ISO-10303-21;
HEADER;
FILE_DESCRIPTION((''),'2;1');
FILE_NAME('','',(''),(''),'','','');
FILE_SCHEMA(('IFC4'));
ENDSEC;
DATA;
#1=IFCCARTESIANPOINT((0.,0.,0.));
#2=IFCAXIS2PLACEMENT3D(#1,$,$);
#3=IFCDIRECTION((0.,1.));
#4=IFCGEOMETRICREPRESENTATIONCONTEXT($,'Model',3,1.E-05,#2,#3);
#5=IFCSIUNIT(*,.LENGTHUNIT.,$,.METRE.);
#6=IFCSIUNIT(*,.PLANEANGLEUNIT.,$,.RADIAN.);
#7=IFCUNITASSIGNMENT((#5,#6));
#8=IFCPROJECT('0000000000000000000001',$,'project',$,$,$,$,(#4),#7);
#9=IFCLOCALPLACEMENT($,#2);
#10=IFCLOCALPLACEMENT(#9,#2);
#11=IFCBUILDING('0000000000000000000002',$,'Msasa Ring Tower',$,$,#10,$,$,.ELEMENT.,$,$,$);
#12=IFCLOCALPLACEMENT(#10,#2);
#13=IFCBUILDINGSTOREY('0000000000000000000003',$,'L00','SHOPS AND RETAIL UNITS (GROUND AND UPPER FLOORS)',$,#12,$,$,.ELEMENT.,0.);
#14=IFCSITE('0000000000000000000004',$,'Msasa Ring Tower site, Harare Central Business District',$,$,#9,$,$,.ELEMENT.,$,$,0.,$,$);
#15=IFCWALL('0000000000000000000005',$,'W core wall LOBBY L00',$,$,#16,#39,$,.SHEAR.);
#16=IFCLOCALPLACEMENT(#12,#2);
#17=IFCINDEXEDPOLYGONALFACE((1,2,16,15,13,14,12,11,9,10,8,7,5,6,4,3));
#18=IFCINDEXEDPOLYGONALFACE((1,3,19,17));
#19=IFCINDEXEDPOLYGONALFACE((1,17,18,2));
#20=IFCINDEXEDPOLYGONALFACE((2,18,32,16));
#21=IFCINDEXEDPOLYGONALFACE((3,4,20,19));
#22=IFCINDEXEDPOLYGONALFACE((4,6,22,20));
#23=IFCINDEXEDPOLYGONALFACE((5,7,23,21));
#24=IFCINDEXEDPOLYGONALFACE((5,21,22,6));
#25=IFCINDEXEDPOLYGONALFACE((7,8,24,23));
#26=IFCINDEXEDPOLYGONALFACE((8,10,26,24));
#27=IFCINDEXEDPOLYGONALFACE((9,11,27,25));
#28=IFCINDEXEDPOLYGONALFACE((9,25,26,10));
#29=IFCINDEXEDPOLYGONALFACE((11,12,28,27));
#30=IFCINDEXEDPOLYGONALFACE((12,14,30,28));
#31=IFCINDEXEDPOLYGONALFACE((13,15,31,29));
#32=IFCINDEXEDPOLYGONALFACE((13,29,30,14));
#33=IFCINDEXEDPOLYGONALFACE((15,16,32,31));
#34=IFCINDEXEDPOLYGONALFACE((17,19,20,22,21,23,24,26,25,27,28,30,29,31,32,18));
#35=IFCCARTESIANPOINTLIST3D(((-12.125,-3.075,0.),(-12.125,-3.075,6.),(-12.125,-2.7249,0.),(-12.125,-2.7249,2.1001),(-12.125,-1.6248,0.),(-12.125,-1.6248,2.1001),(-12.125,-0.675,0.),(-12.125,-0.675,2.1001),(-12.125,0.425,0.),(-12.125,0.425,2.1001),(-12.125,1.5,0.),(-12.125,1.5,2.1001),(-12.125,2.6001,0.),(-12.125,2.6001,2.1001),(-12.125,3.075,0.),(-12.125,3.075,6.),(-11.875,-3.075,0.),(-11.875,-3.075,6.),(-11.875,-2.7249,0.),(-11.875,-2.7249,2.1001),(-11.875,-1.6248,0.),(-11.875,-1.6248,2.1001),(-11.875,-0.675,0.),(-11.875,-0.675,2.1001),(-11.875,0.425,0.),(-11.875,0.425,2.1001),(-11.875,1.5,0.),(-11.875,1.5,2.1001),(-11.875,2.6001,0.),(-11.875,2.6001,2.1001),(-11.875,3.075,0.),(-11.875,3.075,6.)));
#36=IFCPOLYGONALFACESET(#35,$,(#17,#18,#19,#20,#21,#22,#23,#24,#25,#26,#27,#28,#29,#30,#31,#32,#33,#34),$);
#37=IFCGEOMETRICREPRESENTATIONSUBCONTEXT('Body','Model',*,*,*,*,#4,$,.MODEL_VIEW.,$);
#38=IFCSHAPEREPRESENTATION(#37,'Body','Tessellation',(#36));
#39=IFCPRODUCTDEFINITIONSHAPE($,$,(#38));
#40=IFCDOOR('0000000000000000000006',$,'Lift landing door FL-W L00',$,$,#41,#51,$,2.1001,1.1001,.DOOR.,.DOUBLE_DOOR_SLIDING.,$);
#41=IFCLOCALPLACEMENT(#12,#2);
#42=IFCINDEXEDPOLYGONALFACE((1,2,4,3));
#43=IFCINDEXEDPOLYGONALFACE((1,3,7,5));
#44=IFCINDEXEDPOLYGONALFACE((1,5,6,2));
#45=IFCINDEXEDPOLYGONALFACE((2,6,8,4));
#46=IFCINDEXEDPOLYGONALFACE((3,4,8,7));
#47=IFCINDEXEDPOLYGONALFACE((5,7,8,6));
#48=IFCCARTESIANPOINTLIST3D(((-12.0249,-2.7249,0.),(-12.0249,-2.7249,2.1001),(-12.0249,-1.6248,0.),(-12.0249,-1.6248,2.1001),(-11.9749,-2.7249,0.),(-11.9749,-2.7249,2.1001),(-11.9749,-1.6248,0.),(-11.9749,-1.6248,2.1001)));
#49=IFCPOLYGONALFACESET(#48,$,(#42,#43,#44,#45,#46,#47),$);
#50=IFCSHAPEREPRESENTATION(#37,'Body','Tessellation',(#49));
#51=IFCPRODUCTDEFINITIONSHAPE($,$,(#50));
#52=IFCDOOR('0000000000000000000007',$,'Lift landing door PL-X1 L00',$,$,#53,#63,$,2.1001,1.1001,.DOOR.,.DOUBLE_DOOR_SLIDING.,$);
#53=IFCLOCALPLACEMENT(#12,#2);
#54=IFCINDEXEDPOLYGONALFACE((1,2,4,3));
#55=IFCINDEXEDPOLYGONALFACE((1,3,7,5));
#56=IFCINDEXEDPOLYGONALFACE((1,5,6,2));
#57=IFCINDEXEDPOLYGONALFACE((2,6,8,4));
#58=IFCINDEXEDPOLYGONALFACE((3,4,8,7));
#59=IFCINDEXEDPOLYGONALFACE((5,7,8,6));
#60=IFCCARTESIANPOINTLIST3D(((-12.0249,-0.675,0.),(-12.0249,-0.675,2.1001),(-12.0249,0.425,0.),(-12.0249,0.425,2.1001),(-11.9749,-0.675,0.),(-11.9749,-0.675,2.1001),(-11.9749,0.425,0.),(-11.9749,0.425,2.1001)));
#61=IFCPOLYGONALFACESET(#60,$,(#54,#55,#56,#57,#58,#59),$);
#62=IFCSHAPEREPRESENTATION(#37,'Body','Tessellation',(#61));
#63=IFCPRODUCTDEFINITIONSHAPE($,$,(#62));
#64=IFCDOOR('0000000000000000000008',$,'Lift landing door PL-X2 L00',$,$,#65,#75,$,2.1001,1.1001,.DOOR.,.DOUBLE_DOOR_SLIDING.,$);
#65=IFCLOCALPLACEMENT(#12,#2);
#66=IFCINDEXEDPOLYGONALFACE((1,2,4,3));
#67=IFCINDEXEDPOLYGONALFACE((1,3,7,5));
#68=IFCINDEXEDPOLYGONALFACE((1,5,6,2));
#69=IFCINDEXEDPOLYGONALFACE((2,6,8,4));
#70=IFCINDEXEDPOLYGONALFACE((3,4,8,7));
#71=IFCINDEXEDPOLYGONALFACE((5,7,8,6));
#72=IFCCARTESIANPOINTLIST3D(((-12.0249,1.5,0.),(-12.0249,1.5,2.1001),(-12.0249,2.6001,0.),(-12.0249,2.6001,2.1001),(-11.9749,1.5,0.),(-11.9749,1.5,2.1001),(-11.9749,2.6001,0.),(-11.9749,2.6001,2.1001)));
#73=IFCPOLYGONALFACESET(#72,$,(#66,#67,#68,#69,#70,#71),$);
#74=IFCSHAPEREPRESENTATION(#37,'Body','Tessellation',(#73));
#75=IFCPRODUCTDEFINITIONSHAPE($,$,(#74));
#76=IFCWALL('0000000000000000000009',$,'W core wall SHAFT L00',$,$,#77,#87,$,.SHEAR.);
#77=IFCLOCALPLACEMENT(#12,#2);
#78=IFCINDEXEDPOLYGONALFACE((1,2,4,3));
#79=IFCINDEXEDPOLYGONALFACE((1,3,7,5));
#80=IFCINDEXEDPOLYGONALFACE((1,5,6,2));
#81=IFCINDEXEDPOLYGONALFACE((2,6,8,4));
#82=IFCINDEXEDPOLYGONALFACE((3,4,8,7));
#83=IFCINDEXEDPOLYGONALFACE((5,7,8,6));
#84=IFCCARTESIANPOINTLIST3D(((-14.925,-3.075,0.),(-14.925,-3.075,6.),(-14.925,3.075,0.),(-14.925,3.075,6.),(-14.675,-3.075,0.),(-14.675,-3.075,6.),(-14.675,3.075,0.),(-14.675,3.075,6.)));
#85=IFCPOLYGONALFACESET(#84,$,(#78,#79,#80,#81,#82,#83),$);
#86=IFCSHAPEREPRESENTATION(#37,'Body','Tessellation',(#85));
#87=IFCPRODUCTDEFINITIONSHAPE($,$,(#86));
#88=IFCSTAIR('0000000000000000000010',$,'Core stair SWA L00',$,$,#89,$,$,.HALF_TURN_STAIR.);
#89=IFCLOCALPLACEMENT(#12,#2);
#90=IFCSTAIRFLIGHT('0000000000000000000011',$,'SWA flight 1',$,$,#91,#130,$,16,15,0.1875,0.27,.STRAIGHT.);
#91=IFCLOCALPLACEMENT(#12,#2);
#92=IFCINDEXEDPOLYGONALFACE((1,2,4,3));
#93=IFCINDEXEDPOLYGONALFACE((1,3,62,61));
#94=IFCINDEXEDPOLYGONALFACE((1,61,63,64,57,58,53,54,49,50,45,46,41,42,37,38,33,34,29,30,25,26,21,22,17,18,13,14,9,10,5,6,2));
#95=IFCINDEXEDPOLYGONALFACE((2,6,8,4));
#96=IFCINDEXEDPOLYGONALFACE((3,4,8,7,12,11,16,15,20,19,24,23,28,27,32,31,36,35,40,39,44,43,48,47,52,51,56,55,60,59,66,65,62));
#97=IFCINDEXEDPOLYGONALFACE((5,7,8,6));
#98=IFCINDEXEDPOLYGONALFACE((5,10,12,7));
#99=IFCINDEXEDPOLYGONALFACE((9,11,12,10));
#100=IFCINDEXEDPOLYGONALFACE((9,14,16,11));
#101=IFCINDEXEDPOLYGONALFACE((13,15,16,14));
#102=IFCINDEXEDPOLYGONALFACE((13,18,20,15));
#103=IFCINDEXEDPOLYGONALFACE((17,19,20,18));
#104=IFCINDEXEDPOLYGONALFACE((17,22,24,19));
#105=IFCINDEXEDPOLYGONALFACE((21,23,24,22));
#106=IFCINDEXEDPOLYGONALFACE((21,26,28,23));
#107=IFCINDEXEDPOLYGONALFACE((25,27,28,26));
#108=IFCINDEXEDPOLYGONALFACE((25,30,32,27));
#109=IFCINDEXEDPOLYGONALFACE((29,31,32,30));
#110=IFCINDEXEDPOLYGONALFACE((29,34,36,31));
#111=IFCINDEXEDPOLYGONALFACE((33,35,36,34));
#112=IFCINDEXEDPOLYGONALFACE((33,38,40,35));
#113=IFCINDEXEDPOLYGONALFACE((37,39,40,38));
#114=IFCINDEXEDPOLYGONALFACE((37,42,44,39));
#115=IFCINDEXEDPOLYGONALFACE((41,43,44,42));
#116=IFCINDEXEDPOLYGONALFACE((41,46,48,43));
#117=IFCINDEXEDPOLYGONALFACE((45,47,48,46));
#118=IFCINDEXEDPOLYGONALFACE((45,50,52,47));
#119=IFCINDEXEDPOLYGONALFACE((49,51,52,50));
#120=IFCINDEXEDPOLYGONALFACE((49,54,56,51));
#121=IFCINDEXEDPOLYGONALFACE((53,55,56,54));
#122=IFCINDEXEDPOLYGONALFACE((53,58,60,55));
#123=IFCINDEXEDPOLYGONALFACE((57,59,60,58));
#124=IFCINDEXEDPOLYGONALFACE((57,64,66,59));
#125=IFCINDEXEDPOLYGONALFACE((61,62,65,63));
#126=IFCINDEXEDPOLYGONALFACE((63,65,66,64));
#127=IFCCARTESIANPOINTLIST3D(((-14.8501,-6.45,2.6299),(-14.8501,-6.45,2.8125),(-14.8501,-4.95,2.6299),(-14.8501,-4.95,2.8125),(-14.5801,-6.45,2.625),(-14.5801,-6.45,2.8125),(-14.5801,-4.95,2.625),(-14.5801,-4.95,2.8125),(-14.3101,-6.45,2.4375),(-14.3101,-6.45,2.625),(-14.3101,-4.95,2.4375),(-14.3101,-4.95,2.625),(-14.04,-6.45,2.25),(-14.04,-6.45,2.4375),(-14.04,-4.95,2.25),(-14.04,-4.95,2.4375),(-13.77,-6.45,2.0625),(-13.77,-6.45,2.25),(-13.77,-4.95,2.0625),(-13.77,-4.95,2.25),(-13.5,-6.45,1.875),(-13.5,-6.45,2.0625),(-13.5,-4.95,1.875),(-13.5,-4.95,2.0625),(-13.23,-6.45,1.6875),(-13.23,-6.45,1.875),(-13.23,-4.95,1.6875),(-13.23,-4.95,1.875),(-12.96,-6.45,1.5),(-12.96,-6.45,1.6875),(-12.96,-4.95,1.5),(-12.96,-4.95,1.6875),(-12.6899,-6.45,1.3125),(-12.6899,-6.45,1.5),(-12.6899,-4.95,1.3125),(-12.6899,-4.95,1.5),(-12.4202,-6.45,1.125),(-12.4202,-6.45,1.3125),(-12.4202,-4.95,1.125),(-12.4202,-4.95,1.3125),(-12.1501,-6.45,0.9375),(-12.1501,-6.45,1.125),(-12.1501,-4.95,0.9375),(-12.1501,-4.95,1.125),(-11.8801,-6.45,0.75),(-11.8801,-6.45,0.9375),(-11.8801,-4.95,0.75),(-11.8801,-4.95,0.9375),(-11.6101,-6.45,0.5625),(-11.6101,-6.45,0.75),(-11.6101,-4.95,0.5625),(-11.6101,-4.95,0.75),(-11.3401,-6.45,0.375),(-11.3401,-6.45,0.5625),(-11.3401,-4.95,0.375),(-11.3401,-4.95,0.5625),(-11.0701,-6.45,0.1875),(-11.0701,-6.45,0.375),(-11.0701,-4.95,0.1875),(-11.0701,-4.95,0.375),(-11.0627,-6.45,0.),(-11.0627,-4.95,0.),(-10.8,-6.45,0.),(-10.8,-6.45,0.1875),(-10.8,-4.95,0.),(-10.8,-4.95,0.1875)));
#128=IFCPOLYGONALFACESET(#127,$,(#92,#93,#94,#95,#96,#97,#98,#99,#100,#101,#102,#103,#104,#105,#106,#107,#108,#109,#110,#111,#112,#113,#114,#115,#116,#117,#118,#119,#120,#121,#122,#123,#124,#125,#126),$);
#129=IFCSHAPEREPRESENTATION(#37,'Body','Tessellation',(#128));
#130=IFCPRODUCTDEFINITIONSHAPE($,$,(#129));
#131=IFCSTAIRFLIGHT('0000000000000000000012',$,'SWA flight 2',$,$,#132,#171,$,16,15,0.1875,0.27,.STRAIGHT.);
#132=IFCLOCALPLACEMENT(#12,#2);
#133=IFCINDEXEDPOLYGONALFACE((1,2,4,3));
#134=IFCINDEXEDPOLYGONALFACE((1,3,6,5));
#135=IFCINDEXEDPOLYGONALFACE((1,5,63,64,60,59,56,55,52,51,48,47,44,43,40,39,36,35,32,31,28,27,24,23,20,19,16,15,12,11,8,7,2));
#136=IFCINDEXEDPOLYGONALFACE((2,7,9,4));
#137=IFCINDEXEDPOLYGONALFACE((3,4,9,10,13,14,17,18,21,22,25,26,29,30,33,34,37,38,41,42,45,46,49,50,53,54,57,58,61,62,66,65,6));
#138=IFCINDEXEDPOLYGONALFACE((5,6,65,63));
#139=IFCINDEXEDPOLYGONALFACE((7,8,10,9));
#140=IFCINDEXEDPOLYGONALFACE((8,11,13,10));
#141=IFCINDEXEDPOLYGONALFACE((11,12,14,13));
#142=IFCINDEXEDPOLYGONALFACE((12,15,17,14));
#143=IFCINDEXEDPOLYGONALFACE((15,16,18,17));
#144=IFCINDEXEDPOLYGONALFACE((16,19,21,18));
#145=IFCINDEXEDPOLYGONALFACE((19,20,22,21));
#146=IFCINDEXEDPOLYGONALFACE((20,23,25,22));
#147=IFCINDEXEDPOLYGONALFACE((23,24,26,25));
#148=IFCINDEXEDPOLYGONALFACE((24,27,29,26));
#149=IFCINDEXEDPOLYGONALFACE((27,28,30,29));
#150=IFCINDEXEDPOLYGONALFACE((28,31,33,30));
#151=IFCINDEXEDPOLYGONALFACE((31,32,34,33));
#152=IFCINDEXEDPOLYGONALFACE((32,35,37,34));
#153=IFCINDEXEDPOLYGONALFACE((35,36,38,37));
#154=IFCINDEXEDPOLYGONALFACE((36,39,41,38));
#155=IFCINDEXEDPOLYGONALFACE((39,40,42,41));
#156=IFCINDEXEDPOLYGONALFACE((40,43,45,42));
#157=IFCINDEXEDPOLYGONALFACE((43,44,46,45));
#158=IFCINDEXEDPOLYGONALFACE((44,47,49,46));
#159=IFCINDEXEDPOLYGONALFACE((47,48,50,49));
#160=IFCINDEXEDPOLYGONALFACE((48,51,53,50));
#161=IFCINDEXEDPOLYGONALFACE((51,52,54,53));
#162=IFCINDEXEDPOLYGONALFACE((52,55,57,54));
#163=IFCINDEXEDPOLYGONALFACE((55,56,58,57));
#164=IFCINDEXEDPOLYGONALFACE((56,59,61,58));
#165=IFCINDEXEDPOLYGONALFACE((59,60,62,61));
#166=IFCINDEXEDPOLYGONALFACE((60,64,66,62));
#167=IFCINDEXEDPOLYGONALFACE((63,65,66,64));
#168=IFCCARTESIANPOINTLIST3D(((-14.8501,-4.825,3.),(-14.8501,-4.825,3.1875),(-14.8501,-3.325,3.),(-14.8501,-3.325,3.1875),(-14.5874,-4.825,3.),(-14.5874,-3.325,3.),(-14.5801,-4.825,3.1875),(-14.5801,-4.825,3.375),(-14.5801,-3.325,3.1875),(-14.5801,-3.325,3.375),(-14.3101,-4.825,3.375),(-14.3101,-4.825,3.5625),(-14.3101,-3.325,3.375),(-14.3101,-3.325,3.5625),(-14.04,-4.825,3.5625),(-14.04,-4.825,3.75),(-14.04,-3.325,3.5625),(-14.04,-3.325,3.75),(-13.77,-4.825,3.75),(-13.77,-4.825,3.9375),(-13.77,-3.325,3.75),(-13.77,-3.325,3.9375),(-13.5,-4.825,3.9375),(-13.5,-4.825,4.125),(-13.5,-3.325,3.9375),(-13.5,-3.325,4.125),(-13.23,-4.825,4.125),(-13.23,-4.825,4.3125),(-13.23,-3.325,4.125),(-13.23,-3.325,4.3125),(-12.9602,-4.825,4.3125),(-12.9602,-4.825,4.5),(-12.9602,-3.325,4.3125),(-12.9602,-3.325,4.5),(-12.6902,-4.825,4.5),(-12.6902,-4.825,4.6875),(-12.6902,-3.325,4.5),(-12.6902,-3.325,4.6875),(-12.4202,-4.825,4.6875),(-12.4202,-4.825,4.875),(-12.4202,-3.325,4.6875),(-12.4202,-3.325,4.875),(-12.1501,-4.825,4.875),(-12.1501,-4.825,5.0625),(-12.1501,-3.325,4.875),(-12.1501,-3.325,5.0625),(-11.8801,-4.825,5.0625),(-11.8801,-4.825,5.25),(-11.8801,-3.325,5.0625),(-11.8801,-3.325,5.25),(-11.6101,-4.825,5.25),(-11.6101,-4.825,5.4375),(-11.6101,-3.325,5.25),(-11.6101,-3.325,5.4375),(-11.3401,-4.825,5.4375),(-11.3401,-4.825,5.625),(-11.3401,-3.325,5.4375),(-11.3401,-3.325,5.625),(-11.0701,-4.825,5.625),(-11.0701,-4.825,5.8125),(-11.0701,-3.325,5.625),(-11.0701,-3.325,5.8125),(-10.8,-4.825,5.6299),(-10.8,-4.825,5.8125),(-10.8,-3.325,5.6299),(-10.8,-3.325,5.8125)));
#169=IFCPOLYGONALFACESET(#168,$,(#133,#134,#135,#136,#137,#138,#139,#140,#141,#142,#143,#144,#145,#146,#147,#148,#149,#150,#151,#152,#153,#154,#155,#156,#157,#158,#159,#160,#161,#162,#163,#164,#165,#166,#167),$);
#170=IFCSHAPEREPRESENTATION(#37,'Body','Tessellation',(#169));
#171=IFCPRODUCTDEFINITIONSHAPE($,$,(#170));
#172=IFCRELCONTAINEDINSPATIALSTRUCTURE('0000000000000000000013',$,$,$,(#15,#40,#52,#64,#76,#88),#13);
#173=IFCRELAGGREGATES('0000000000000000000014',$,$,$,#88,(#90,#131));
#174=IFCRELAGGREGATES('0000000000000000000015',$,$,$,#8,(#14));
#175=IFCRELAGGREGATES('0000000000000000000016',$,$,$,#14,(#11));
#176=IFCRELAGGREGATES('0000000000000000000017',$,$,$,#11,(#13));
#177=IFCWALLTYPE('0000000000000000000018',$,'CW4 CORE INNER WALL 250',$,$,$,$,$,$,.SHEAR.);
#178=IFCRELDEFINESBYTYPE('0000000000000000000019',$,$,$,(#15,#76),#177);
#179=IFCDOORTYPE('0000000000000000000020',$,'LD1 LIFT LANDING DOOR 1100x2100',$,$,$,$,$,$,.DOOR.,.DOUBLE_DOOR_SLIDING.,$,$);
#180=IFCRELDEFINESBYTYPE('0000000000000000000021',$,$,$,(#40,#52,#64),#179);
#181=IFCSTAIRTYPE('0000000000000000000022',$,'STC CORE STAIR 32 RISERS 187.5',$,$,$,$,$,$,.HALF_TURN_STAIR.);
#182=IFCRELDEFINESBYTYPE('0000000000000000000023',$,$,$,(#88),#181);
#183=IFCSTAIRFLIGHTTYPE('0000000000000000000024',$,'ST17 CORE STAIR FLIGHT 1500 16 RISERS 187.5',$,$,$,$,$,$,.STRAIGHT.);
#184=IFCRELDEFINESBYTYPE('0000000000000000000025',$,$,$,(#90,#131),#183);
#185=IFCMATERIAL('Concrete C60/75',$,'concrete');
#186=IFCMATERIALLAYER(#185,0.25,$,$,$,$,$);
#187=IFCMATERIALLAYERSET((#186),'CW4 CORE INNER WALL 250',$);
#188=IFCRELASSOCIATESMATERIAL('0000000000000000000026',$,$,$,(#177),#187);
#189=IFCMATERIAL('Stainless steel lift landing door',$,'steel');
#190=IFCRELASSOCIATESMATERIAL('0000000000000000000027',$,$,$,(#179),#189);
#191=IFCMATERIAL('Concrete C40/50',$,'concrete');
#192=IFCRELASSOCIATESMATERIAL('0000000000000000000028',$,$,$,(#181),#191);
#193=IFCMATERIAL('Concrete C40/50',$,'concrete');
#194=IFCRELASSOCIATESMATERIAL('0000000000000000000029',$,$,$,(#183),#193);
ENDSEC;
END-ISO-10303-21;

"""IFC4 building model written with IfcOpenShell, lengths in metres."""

from ifc_helpers import new_model, si_unit, direction, frame, frame_2d, origin, place, context, subcontext, project, spatial, polyline, rectangle, outline, extrude, material, layer, layer_set, type_object, element, fill, aggregate, save


model = new_model("IFC4")

# Units and contexts
model_context = context("Model", 3, precision=1e-05, world=origin(), true_north=direction((0.0, 1.0)))
body_context = subcontext(model_context, "Body", "Model", "MODEL_VIEW")
ifc_project = project(units=[si_unit("LENGTHUNIT", "METRE"), si_unit("PLANEANGLEUNIT", "RADIAN")], contexts=[model_context])

# Site, building, storey
site_placement = place(None, origin())
site = spatial("IfcSite", under=ifc_project, at=site_placement, Name="Msasa Ring Tower site, Harare Central Business District", CompositionType="ELEMENT", RefElevation=0.0)
building_placement = place(site_placement, origin())
building = spatial("IfcBuilding", under=site, at=building_placement, Name="Msasa Ring Tower", CompositionType="ELEMENT")
storey_placement = place(building_placement, origin())
storey = spatial("IfcBuildingStorey", under=building, at=storey_placement, Name="L00", Description="SHOPS AND RETAIL UNITS (GROUND AND UPPER FLOORS)", CompositionType="ELEMENT", Elevation=0.0)

# Shared definitions
ifc_material_1 = material(Name="Concrete C60/75", Category="concrete")
ifc_layer_1 = layer(ifc_material_1, 0.25)
ifc_layer_set_1 = layer_set([ifc_layer_1], Name="CW4 CORE INNER WALL 250")
wall_type_1 = type_object("IfcWallType", Name="CW4 CORE INNER WALL 250", PredefinedType="SHEAR", material=ifc_layer_set_1)

# Wall, openings, doors
wall_1_placement = place(storey_placement, frame((-12.0, -3.075, 0.0), z_axis=(0.0, 0.0, 1.0), x_axis=(0.0, 1.0, 0.0)))
wall_1 = element("IfcWall", 1, at=wall_1_placement, inside=storey, type_object=wall_type_1, Name="W core wall LOBBY L00", PredefinedType="SHEAR", context=body_context, shape_type="SweptSolid", body=[
    extrude(rectangle(XDim=6.1499, YDim=0.25, at=frame_2d((3.075, 0.0))), origin(), (0.0, 0.0, 1.0), 6.0),
])
opening_1_placement = place(wall_1_placement, frame((0.3501, 0.0, 0.0)))
opening_1 = element("IfcOpeningElement", 2, at=opening_1_placement, cuts=wall_1, PredefinedType="OPENING", context=body_context, shape_type="SweptSolid", body=[
    extrude(rectangle(XDim=1.1001, YDim=2.1001, at=frame_2d((0.55, 1.05))), frame((0.0, 0.135, 0.0), z_axis=(0.0, -1.0, 0.0), x_axis=(1.0, 0.0, 0.0)), (0.0, 0.0, 1.0), 0.27),
])
opening_2_placement = place(wall_1_placement, frame((2.3999, 0.0, 0.0)))
opening_2 = element("IfcOpeningElement", 3, at=opening_2_placement, cuts=wall_1, PredefinedType="OPENING", context=body_context, shape_type="SweptSolid", body=[
    extrude(rectangle(XDim=1.1001, YDim=2.1001, at=frame_2d((0.55, 1.05))), frame((0.0, 0.135, 0.0), z_axis=(0.0, -1.0, 0.0), x_axis=(1.0, 0.0, 0.0)), (0.0, 0.0, 1.0), 0.27),
])
opening_3_placement = place(wall_1_placement, frame((4.575, 0.0, 0.0)))
opening_3 = element("IfcOpeningElement", 4, at=opening_3_placement, cuts=wall_1, PredefinedType="OPENING", context=body_context, shape_type="SweptSolid", body=[
    extrude(rectangle(XDim=1.1001, YDim=2.1001, at=frame_2d((0.55, 1.05))), frame((0.0, 0.135, 0.0), z_axis=(0.0, -1.0, 0.0), x_axis=(1.0, 0.0, 0.0)), (0.0, 0.0, 1.0), 0.27),
])
ifc_material_2 = material(Name="Stainless steel lift landing door", Category="steel")
door_type_1 = type_object("IfcDoorType", Name="LD1 LIFT LANDING DOOR 1100x2100", OperationType="DOUBLE_DOOR_SLIDING", PredefinedType="DOOR", material=ifc_material_2)
door_1_placement = place(opening_1_placement, origin())
door_1 = element("IfcDoor", 5, at=door_1_placement, inside=storey, type_object=door_type_1, Name="Lift landing door FL-W L00", OperationType="DOUBLE_DOOR_SLIDING", OverallHeight=2.1001, OverallWidth=1.1001, PredefinedType="DOOR", context=body_context, shape_type="SweptSolid", body=[
    extrude(rectangle(XDim=1.1001, YDim=2.1001, at=frame_2d((0.55, 1.05))), frame((0.0, 0.0249, 0.0), z_axis=(0.0, -1.0, 0.0), x_axis=(1.0, 0.0, 0.0)), (0.0, 0.0, 1.0), 0.05),
])
fill(opening_1, door_1)
door_2_placement = place(opening_2_placement, origin())
door_2 = element("IfcDoor", 6, at=door_2_placement, inside=storey, type_object=door_type_1, Name="Lift landing door PL-X1 L00", OperationType="DOUBLE_DOOR_SLIDING", OverallHeight=2.1001, OverallWidth=1.1001, PredefinedType="DOOR", context=body_context, shape_type="SweptSolid", body=[
    extrude(rectangle(XDim=1.1001, YDim=2.1001, at=frame_2d((0.55, 1.05))), frame((0.0, 0.0249, 0.0), z_axis=(0.0, -1.0, 0.0), x_axis=(1.0, 0.0, 0.0)), (0.0, 0.0, 1.0), 0.05),
])
fill(opening_2, door_2)
door_3_placement = place(opening_3_placement, origin())
door_3 = element("IfcDoor", 7, at=door_3_placement, inside=storey, type_object=door_type_1, Name="Lift landing door PL-X2 L00", OperationType="DOUBLE_DOOR_SLIDING", OverallHeight=2.1001, OverallWidth=1.1001, PredefinedType="DOOR", context=body_context, shape_type="SweptSolid", body=[
    extrude(rectangle(XDim=1.1001, YDim=2.1001, at=frame_2d((0.55, 1.05))), frame((0.0, 0.0249, 0.0), z_axis=(0.0, -1.0, 0.0), x_axis=(1.0, 0.0, 0.0)), (0.0, 0.0, 1.0), 0.05),
])
fill(opening_3, door_3)

# Wall
wall_2_placement = place(storey_placement, frame((-14.8, -3.075, 0.0), z_axis=(0.0, 0.0, 1.0), x_axis=(0.0, 1.0, 0.0)))
element("IfcWall", 8, at=wall_2_placement, inside=storey, type_object=wall_type_1, Name="W core wall SHAFT L00", PredefinedType="SHEAR", context=body_context, shape_type="SweptSolid", body=[
    extrude(rectangle(XDim=6.1499, YDim=0.25, at=frame_2d((3.075, 0.0))), origin(), (0.0, 0.0, 1.0), 6.0),
])

# Stair, stair flights
ifc_material_3 = material(Name="Concrete C40/50", Category="concrete")
stair_type = type_object("IfcStairType", Name="STC CORE STAIR 32 RISERS 187.5", PredefinedType="HALF_TURN_STAIR", material=ifc_material_3)
stair_placement = place(storey_placement, origin())
stair = element("IfcStair", 9, at=stair_placement, inside=storey, type_object=stair_type, Name="Core stair SWA L00", PredefinedType="HALF_TURN_STAIR")
ifc_material_4 = material(Name="Concrete C40/50", Category="concrete")
stair_flight_type = type_object("IfcStairFlightType", Name="ST17 CORE STAIR FLIGHT 1500 16 RISERS 187.5", PredefinedType="STRAIGHT", material=ifc_material_4)
stair_flight_1_placement = place(storey_placement, frame((-10.8, -5.7, 0.0), z_axis=(0.0, 0.0, 1.0), x_axis=(-1.0, 0.0, 0.0)))
stair_flight_1 = element("IfcStairFlight", 10, at=stair_flight_1_placement, type_object=stair_flight_type, Name="SWA flight 1", NumberOfRisers=16, NumberOfTreads=15, PredefinedType="STRAIGHT", RiserHeight=0.1875, TreadLength=0.27, context=body_context, shape_type="SweptSolid", body=[
    extrude(outline(polyline([(0.0, 0.0), (0.0, 0.1875), (0.27, 0.1875), (0.27, 0.375), (0.54, 0.375), (0.54, 0.5625), (0.8101, 0.5625), (0.8101, 0.75), (1.0801, 0.75), (1.0801, 0.9375), (1.3501, 0.9375), (1.3501, 1.125), (1.6201, 1.125), (1.6201, 1.3125), (1.8899, 1.3125), (1.8899, 1.5), (2.1599, 1.5), (2.1599, 1.6875), (2.4299, 1.6875), (2.4299, 1.875), (2.7, 1.875), (2.7, 2.0625), (2.97, 2.0625), (2.97, 2.25), (3.24, 2.25), (3.24, 2.4375), (3.51, 2.4375), (3.51, 2.625), (3.78, 2.625), (3.78, 2.8125), (4.05, 2.8125), (4.05, 3.0), (4.05, 2.6299), (0.2627, 0.0), (0.0, 0.0)])), frame((0.0, 0.75, 0.0), z_axis=(0.0, -1.0, 0.0), x_axis=(1.0, 0.0, 0.0)), (0.0, 0.0, 1.0), 1.5),
])
stair_flight_2_placement = place(storey_placement, frame((-14.8501, -4.075, 3.0), z_axis=(0.0, 0.0, 1.0), x_axis=(1.0, 0.0, 0.0)))
stair_flight_2 = element("IfcStairFlight", 11, at=stair_flight_2_placement, type_object=stair_flight_type, Name="SWA flight 2", NumberOfRisers=16, NumberOfTreads=15, PredefinedType="STRAIGHT", RiserHeight=0.1875, TreadLength=0.27, context=body_context, shape_type="SweptSolid", body=[
    extrude(outline(polyline([(0.0, 0.0), (0.0, 0.1875), (0.27, 0.1875), (0.27, 0.375), (0.54, 0.375), (0.54, 0.5625), (0.8101, 0.5625), (0.8101, 0.75), (1.0801, 0.75), (1.0801, 0.9375), (1.3501, 0.9375), (1.3501, 1.125), (1.6201, 1.125), (1.6201, 1.3125), (1.8899, 1.3125), (1.8899, 1.5), (2.1599, 1.5), (2.1599, 1.6875), (2.4299, 1.6875), (2.4299, 1.875), (2.7, 1.875), (2.7, 2.0625), (2.97, 2.0625), (2.97, 2.25), (3.24, 2.25), (3.24, 2.4375), (3.51, 2.4375), (3.51, 2.625), (3.78, 2.625), (3.78, 2.8125), (4.05, 2.8125), (4.05, 3.0), (4.05, 2.6299), (0.2627, 0.0), (0.0, 0.0)])), frame((0.0, 0.75, 0.0), z_axis=(0.0, -1.0, 0.0), x_axis=(1.0, 0.0, 0.0)), (0.0, 0.0, 1.0), 1.5),
])
aggregate(stair, [stair_flight_1, stair_flight_2])

save(model, "model.ifc")
